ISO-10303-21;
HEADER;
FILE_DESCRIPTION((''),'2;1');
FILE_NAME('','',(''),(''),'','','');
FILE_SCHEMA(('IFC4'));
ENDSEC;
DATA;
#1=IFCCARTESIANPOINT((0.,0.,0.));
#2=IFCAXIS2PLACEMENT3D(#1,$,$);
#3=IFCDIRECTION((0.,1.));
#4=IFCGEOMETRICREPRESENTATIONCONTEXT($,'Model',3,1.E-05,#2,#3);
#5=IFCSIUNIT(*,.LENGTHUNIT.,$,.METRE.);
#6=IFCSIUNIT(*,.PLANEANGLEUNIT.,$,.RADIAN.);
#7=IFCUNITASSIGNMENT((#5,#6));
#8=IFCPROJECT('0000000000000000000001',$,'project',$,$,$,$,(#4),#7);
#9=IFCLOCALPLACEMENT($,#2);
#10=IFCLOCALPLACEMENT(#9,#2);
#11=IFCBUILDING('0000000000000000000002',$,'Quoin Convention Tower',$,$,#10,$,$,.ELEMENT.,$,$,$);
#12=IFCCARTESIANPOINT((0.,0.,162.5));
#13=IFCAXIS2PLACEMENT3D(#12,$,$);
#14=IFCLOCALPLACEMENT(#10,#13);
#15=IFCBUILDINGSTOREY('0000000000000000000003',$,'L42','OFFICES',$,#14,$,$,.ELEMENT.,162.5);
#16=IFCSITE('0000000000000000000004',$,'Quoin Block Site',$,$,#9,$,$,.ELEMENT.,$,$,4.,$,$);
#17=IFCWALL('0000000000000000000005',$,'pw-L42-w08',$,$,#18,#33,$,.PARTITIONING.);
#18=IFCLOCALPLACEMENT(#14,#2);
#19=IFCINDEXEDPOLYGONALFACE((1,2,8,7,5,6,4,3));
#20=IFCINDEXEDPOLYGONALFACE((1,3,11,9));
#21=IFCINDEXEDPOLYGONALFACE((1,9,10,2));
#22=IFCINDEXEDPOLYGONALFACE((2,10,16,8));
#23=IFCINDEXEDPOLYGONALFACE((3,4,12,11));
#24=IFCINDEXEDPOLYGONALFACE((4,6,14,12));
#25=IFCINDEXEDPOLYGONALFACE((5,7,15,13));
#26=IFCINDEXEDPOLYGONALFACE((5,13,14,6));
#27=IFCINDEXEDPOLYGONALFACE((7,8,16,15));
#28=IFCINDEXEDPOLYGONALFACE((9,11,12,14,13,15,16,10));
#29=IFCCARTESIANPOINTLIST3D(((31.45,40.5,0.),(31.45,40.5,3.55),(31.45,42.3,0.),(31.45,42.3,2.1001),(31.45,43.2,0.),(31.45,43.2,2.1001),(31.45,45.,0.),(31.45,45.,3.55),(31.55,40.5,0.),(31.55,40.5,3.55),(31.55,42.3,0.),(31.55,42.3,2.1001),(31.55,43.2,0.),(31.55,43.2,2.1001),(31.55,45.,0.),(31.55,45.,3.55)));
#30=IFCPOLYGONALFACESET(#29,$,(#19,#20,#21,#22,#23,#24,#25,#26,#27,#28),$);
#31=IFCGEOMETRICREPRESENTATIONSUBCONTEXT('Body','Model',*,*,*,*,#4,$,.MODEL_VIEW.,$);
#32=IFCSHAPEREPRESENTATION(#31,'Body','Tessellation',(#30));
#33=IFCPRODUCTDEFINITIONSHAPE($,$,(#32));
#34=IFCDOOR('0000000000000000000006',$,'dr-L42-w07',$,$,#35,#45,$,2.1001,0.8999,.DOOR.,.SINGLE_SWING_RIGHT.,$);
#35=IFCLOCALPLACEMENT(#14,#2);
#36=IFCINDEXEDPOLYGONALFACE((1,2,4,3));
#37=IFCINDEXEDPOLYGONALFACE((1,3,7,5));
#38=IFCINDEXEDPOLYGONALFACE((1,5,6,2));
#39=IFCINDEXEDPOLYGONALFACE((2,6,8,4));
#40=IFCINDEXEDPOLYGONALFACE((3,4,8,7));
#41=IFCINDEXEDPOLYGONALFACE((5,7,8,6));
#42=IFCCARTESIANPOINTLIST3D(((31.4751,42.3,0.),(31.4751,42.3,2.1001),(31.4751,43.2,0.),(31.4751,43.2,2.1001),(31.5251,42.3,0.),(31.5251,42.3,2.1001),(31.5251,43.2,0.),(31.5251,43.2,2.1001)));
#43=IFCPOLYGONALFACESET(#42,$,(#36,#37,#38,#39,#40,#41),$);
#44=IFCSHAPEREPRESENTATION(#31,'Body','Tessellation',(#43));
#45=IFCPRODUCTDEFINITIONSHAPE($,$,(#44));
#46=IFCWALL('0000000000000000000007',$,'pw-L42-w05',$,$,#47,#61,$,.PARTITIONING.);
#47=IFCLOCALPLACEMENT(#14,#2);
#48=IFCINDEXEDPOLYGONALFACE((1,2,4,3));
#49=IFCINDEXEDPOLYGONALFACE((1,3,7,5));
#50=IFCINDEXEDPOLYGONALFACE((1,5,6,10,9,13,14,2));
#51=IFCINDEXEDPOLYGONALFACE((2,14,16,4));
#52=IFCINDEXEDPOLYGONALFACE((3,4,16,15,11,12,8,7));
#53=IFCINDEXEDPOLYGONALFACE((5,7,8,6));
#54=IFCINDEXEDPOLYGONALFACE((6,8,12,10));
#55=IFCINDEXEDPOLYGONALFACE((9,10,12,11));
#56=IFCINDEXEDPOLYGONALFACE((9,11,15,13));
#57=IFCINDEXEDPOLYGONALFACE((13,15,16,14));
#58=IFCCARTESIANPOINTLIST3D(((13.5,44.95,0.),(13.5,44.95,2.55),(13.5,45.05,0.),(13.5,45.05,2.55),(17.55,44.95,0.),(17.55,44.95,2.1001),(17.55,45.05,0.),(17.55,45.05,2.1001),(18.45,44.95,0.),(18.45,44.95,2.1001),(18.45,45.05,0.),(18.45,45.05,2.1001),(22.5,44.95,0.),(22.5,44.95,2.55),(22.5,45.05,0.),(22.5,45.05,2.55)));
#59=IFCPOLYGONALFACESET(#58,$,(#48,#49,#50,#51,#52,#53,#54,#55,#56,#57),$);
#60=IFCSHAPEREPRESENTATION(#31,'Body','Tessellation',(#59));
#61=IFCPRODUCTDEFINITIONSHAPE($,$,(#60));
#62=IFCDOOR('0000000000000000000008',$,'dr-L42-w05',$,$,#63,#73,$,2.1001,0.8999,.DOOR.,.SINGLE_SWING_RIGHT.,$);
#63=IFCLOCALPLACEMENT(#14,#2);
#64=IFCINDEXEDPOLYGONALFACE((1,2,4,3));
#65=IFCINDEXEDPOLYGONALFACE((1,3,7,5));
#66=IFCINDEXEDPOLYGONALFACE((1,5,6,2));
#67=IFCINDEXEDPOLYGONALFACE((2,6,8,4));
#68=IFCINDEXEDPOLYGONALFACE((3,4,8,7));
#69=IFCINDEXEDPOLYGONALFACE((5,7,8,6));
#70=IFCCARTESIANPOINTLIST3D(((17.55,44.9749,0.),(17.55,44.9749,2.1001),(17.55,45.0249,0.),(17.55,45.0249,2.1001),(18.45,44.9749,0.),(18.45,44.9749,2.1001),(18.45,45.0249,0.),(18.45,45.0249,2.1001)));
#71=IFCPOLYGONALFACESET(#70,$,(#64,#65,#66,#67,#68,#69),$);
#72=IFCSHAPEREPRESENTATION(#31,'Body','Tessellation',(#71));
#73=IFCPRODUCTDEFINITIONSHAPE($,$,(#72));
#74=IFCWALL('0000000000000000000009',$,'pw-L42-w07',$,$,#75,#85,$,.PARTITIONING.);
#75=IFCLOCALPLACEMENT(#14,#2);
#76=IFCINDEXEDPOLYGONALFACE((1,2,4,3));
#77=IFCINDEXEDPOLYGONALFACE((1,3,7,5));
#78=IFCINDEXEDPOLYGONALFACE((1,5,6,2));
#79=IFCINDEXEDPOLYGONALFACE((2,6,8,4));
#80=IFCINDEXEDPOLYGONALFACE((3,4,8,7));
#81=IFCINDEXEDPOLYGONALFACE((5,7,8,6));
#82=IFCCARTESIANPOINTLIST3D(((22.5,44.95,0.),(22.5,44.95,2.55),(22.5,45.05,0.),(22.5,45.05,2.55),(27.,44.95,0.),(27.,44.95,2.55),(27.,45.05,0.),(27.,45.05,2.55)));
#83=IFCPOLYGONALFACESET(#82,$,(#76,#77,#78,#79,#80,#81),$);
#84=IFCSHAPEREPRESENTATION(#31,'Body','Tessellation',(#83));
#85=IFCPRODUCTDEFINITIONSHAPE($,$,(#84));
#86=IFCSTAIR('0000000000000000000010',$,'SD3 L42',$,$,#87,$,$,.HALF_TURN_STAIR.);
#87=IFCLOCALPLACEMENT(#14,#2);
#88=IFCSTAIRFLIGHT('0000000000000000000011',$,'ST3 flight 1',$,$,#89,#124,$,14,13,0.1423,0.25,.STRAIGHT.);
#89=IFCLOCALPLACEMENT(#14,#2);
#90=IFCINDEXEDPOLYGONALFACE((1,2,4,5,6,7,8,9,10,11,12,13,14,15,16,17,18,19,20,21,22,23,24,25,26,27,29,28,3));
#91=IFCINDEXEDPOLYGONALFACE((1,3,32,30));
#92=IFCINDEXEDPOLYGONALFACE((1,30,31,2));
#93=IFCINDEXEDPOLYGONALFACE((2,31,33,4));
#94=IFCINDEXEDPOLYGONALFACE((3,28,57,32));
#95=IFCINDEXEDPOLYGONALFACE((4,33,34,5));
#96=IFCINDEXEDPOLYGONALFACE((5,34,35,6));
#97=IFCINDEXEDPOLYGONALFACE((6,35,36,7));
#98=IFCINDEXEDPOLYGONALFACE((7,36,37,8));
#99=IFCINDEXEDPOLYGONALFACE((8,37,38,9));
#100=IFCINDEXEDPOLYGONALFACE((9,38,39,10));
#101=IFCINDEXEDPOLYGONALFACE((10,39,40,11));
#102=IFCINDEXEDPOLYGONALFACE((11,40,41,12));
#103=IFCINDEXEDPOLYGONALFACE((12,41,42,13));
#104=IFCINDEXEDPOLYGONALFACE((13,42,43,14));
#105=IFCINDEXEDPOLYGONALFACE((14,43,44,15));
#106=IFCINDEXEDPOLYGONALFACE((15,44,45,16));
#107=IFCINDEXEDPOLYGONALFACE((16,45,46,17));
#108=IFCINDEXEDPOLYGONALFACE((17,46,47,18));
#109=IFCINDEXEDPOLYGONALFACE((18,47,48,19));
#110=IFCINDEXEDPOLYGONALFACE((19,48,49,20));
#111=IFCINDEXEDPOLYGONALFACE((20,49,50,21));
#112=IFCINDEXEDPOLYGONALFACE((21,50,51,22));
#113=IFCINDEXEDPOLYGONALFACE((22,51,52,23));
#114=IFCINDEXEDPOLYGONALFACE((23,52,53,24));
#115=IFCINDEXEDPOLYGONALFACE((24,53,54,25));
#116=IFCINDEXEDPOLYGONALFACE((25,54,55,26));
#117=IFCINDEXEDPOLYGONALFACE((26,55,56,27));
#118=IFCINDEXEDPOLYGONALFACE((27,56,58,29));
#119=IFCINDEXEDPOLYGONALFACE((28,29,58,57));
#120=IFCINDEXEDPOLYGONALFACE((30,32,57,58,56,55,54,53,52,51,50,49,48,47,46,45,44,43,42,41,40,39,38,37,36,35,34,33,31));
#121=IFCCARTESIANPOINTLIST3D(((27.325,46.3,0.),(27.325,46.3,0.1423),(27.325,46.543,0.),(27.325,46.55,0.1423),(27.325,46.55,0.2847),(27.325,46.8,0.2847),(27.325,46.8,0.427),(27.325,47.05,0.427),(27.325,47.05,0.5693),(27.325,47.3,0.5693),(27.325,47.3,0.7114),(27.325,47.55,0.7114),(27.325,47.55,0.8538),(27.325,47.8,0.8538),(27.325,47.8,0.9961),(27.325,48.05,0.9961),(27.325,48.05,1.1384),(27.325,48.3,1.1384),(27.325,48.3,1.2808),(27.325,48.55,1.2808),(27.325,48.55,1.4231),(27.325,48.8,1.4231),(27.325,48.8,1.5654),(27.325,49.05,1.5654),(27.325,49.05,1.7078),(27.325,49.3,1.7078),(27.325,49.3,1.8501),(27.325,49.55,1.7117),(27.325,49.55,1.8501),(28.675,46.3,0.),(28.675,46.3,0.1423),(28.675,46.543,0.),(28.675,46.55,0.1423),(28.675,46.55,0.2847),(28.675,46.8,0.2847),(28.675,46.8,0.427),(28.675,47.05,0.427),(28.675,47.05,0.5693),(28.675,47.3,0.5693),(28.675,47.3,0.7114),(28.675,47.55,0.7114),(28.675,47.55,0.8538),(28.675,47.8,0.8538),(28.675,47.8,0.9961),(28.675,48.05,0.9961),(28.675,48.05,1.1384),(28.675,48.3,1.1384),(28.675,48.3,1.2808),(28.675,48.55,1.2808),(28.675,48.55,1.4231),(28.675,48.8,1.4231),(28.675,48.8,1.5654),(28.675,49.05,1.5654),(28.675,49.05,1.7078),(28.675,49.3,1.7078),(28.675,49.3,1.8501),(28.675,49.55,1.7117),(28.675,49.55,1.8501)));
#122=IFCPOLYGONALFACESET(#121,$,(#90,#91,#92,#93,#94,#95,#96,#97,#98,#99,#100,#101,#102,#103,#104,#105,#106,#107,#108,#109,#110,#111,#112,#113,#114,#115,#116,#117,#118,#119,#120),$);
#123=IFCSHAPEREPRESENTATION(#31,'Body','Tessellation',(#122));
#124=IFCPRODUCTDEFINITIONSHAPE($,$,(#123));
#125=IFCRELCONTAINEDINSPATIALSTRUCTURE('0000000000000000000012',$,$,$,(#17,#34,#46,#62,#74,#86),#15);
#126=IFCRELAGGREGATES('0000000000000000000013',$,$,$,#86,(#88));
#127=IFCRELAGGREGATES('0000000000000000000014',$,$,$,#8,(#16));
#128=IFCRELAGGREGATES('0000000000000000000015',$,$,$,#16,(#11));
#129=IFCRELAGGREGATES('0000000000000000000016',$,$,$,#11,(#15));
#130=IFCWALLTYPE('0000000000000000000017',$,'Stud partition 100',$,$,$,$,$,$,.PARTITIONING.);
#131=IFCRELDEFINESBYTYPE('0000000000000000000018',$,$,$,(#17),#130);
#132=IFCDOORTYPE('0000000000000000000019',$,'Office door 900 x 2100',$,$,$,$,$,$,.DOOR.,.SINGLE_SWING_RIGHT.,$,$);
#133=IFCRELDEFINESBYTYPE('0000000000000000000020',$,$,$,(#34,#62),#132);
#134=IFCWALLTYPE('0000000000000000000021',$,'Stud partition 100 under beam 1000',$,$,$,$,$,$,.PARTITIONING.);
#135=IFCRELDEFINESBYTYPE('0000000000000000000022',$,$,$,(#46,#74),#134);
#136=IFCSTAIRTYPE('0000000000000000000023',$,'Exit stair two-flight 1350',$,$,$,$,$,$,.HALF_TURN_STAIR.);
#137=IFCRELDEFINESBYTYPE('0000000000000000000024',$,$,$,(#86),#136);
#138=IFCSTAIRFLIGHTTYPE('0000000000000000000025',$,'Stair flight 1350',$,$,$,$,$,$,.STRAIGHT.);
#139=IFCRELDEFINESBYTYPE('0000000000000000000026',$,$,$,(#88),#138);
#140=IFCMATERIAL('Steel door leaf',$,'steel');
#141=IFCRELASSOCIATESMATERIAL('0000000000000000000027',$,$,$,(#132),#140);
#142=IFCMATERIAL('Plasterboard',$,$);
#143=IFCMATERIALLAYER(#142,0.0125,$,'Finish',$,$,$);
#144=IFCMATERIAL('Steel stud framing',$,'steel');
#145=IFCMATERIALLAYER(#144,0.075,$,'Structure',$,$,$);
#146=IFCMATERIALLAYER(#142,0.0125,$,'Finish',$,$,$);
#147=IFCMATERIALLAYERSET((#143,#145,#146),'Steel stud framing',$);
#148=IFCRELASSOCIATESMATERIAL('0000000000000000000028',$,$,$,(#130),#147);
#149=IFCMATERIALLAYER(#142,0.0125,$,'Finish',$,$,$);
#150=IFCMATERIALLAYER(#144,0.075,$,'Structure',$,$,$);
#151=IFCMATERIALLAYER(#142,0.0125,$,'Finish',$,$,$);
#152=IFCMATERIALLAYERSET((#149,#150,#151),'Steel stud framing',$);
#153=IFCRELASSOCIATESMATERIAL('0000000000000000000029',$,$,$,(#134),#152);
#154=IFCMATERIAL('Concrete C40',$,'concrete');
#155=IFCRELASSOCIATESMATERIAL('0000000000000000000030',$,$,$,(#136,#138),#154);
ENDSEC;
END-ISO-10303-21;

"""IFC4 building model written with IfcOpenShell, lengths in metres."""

from ifc_helpers import new_model, si_unit, direction, frame, frame_2d, origin, place, context, subcontext, project, spatial, polyline, rectangle, outline, extrude, material, layer, layer_set, type_object, element, fill, aggregate, save


model = new_model("IFC4")

# Units and contexts
model_context = context("Model", 3, precision=1e-05, world=origin(), true_north=direction((0.0, 1.0)))
body_context = subcontext(model_context, "Body", "Model", "MODEL_VIEW")
ifc_project = project(units=[si_unit("LENGTHUNIT", "METRE"), si_unit("PLANEANGLEUNIT", "RADIAN")], contexts=[model_context])

# Site, building, storey
site_placement = place(None, origin())
site = spatial("IfcSite", under=ifc_project, at=site_placement, Name="Quoin Block Site", CompositionType="ELEMENT", RefElevation=4.0)
building_placement = place(site_placement, origin())
building = spatial("IfcBuilding", under=site, at=building_placement, Name="Quoin Convention Tower", CompositionType="ELEMENT")
storey_placement = place(building_placement, frame((0.0, 0.0, 162.5)))
storey = spatial("IfcBuildingStorey", under=building, at=storey_placement, Name="L42", Description="OFFICES", CompositionType="ELEMENT", Elevation=162.5)

# Shared definitions
ifc_material_1 = material(Name="Plasterboard")
ifc_material_2 = material(Name="Steel stud framing", Category="steel")
ifc_material_3 = material(Name="Steel door leaf", Category="steel")
door_type_1 = type_object("IfcDoorType", Name="Office door 900 x 2100", OperationType="SINGLE_SWING_RIGHT", PredefinedType="DOOR", material=ifc_material_3)

# Walls, openings, doors
ifc_layer_1 = layer(ifc_material_1, 0.0125, Name="Finish")
ifc_layer_2 = layer(ifc_material_2, 0.075, Name="Structure")
ifc_layer_3 = layer(ifc_material_1, 0.0125, Name="Finish")
ifc_layer_set_1 = layer_set([ifc_layer_1, ifc_layer_2, ifc_layer_3], Name="Steel stud framing")
wall_type_1 = type_object("IfcWallType", Name="Stud partition 100", PredefinedType="PARTITIONING", material=ifc_layer_set_1)
wall_1_placement = place(storey_placement, frame((31.5, 45.0, 0.0), z_axis=(0.0, 0.0, 1.0), x_axis=(0.0, -1.0, 0.0)))
wall_1 = element("IfcWall", 1, at=wall_1_placement, inside=storey, type_object=wall_type_1, Name="pw-L42-w08", PredefinedType="PARTITIONING", context=body_context, shape_type="SweptSolid", body=[
    extrude(rectangle(XDim=4.5, YDim=0.1001, at=frame_2d((2.25, 0.0))), origin(), (0.0, 0.0, 1.0), 3.55),
])
opening_1_placement = place(wall_1_placement, frame((1.8, 0.0, 0.0)))
opening_1 = element("IfcOpeningElement", 2, at=opening_1_placement, cuts=wall_1, PredefinedType="OPENING", context=body_context, shape_type="SweptSolid", body=[
    extrude(rectangle(XDim=0.8999, YDim=2.1001, at=frame_2d((0.45, 1.05))), frame((0.0, 0.0601, 0.0), z_axis=(0.0, -1.0, 0.0), x_axis=(1.0, 0.0, 0.0)), (0.0, 0.0, 1.0), 0.1201),
])
door_1_placement = place(opening_1_placement, frame((0.8999, 0.0, 0.0), z_axis=(0.0, 0.0, 1.0), x_axis=(-1.0, 0.0, 0.0)))
door_1 = element("IfcDoor", 3, at=door_1_placement, inside=storey, type_object=door_type_1, Name="dr-L42-w07", OperationType="SINGLE_SWING_RIGHT", OverallHeight=2.1001, OverallWidth=0.8999, PredefinedType="DOOR", context=body_context, shape_type="SweptSolid", body=[
    extrude(rectangle(XDim=0.8999, YDim=2.1001, at=frame_2d((0.45, 1.05))), frame((0.0, 0.0249, 0.0), z_axis=(0.0, -1.0, 0.0), x_axis=(1.0, 0.0, 0.0)), (0.0, 0.0, 1.0), 0.05),
])
fill(opening_1, door_1)
ifc_layer_4 = layer(ifc_material_1, 0.0125, Name="Finish")
ifc_layer_5 = layer(ifc_material_2, 0.075, Name="Structure")
ifc_layer_6 = layer(ifc_material_1, 0.0125, Name="Finish")
ifc_layer_set_2 = layer_set([ifc_layer_4, ifc_layer_5, ifc_layer_6], Name="Steel stud framing")
wall_type_2 = type_object("IfcWallType", Name="Stud partition 100 under beam 1000", PredefinedType="PARTITIONING", material=ifc_layer_set_2)
wall_2_placement = place(storey_placement, frame((22.5, 45.0, 0.0), z_axis=(0.0, 0.0, 1.0), x_axis=(-1.0, 0.0, 0.0)))
wall_2 = element("IfcWall", 4, at=wall_2_placement, inside=storey, type_object=wall_type_2, Name="pw-L42-w05", PredefinedType="PARTITIONING", context=body_context, shape_type="SweptSolid", body=[
    extrude(rectangle(XDim=9.0, YDim=0.1001, at=frame_2d((4.5, 0.0))), origin(), (0.0, 0.0, 1.0), 2.55),
])
opening_2_placement = place(wall_2_placement, frame((4.05, 0.0, 0.0)))
opening_2 = element("IfcOpeningElement", 5, at=opening_2_placement, cuts=wall_2, PredefinedType="OPENING", context=body_context, shape_type="SweptSolid", body=[
    extrude(rectangle(XDim=0.8999, YDim=2.1001, at=frame_2d((0.45, 1.05))), frame((0.0, 0.0601, 0.0), z_axis=(0.0, -1.0, 0.0), x_axis=(1.0, 0.0, 0.0)), (0.0, 0.0, 1.0), 0.1201),
])
door_2_placement = place(opening_2_placement, frame((0.8999, 0.0, 0.0), z_axis=(0.0, 0.0, 1.0), x_axis=(-1.0, 0.0, 0.0)))
door_2 = element("IfcDoor", 6, at=door_2_placement, inside=storey, type_object=door_type_1, Name="dr-L42-w05", OperationType="SINGLE_SWING_RIGHT", OverallHeight=2.1001, OverallWidth=0.8999, PredefinedType="DOOR", context=body_context, shape_type="SweptSolid", body=[
    extrude(rectangle(XDim=0.8999, YDim=2.1001, at=frame_2d((0.45, 1.05))), frame((0.0, 0.0249, 0.0), z_axis=(0.0, -1.0, 0.0), x_axis=(1.0, 0.0, 0.0)), (0.0, 0.0, 1.0), 0.05),
])
fill(opening_2, door_2)

# Wall
wall_3_placement = place(storey_placement, frame((22.5, 45.0, 0.0), z_axis=(0.0, 0.0, 1.0), x_axis=(1.0, 0.0, 0.0)))
element("IfcWall", 7, at=wall_3_placement, inside=storey, type_object=wall_type_2, Name="pw-L42-w07", PredefinedType="PARTITIONING", context=body_context, shape_type="SweptSolid", body=[
    extrude(rectangle(XDim=4.5, YDim=0.1001, at=frame_2d((2.25, 0.0))), origin(), (0.0, 0.0, 1.0), 2.55),
])

# Stair, stair flight
ifc_material_4 = material(Name="Concrete C40", Category="concrete")
stair_type = type_object("IfcStairType", Name="Exit stair two-flight 1350", PredefinedType="HALF_TURN_STAIR", material=ifc_material_4)
stair_placement = place(storey_placement, origin())
stair = element("IfcStair", 8, at=stair_placement, inside=storey, type_object=stair_type, Name="SD3 L42", PredefinedType="HALF_TURN_STAIR")
stair_flight_type = type_object("IfcStairFlightType", Name="Stair flight 1350", PredefinedType="STRAIGHT", material=ifc_material_4)
stair_flight_placement = place(storey_placement, frame((28.0, 46.3, 0.0), z_axis=(0.0, 0.0, 1.0), x_axis=(0.0, 1.0, 0.0)))
stair_flight = element("IfcStairFlight", 9, at=stair_flight_placement, type_object=stair_flight_type, Name="ST3 flight 1", NumberOfRisers=14, NumberOfTreads=13, PredefinedType="STRAIGHT", RiserHeight=0.1423, TreadLength=0.25, context=body_context, shape_type="SweptSolid", body=[
    extrude(outline(polyline([(0.0, 0.0), (0.0, 0.1423), (0.25, 0.1423), (0.25, 0.2847), (0.5, 0.2847), (0.5, 0.427), (0.75, 0.427), (0.75, 0.5693), (1.0, 0.5693), (1.0, 0.7114), (1.25, 0.7114), (1.25, 0.8538), (1.5, 0.8538), (1.5, 0.9961), (1.75, 0.9961), (1.75, 1.1384), (2.0, 1.1384), (2.0, 1.2808), (2.25, 1.2808), (2.25, 1.4231), (2.5, 1.4231), (2.5, 1.5654), (2.75, 1.5654), (2.75, 1.7078), (3.0, 1.7078), (3.0, 1.8501), (3.25, 1.8501), (3.25, 1.9922), (3.25, 1.7117), (0.2429, 0.0), (0.0, 0.0)])), frame((0.0, 0.675, 0.0), z_axis=(0.0, -1.0, 0.0), x_axis=(1.0, 0.0, 0.0)), (0.0, 0.0, 1.0), 1.3501),
])
aggregate(stair, [stair_flight])

save(model, "model.ifc")
